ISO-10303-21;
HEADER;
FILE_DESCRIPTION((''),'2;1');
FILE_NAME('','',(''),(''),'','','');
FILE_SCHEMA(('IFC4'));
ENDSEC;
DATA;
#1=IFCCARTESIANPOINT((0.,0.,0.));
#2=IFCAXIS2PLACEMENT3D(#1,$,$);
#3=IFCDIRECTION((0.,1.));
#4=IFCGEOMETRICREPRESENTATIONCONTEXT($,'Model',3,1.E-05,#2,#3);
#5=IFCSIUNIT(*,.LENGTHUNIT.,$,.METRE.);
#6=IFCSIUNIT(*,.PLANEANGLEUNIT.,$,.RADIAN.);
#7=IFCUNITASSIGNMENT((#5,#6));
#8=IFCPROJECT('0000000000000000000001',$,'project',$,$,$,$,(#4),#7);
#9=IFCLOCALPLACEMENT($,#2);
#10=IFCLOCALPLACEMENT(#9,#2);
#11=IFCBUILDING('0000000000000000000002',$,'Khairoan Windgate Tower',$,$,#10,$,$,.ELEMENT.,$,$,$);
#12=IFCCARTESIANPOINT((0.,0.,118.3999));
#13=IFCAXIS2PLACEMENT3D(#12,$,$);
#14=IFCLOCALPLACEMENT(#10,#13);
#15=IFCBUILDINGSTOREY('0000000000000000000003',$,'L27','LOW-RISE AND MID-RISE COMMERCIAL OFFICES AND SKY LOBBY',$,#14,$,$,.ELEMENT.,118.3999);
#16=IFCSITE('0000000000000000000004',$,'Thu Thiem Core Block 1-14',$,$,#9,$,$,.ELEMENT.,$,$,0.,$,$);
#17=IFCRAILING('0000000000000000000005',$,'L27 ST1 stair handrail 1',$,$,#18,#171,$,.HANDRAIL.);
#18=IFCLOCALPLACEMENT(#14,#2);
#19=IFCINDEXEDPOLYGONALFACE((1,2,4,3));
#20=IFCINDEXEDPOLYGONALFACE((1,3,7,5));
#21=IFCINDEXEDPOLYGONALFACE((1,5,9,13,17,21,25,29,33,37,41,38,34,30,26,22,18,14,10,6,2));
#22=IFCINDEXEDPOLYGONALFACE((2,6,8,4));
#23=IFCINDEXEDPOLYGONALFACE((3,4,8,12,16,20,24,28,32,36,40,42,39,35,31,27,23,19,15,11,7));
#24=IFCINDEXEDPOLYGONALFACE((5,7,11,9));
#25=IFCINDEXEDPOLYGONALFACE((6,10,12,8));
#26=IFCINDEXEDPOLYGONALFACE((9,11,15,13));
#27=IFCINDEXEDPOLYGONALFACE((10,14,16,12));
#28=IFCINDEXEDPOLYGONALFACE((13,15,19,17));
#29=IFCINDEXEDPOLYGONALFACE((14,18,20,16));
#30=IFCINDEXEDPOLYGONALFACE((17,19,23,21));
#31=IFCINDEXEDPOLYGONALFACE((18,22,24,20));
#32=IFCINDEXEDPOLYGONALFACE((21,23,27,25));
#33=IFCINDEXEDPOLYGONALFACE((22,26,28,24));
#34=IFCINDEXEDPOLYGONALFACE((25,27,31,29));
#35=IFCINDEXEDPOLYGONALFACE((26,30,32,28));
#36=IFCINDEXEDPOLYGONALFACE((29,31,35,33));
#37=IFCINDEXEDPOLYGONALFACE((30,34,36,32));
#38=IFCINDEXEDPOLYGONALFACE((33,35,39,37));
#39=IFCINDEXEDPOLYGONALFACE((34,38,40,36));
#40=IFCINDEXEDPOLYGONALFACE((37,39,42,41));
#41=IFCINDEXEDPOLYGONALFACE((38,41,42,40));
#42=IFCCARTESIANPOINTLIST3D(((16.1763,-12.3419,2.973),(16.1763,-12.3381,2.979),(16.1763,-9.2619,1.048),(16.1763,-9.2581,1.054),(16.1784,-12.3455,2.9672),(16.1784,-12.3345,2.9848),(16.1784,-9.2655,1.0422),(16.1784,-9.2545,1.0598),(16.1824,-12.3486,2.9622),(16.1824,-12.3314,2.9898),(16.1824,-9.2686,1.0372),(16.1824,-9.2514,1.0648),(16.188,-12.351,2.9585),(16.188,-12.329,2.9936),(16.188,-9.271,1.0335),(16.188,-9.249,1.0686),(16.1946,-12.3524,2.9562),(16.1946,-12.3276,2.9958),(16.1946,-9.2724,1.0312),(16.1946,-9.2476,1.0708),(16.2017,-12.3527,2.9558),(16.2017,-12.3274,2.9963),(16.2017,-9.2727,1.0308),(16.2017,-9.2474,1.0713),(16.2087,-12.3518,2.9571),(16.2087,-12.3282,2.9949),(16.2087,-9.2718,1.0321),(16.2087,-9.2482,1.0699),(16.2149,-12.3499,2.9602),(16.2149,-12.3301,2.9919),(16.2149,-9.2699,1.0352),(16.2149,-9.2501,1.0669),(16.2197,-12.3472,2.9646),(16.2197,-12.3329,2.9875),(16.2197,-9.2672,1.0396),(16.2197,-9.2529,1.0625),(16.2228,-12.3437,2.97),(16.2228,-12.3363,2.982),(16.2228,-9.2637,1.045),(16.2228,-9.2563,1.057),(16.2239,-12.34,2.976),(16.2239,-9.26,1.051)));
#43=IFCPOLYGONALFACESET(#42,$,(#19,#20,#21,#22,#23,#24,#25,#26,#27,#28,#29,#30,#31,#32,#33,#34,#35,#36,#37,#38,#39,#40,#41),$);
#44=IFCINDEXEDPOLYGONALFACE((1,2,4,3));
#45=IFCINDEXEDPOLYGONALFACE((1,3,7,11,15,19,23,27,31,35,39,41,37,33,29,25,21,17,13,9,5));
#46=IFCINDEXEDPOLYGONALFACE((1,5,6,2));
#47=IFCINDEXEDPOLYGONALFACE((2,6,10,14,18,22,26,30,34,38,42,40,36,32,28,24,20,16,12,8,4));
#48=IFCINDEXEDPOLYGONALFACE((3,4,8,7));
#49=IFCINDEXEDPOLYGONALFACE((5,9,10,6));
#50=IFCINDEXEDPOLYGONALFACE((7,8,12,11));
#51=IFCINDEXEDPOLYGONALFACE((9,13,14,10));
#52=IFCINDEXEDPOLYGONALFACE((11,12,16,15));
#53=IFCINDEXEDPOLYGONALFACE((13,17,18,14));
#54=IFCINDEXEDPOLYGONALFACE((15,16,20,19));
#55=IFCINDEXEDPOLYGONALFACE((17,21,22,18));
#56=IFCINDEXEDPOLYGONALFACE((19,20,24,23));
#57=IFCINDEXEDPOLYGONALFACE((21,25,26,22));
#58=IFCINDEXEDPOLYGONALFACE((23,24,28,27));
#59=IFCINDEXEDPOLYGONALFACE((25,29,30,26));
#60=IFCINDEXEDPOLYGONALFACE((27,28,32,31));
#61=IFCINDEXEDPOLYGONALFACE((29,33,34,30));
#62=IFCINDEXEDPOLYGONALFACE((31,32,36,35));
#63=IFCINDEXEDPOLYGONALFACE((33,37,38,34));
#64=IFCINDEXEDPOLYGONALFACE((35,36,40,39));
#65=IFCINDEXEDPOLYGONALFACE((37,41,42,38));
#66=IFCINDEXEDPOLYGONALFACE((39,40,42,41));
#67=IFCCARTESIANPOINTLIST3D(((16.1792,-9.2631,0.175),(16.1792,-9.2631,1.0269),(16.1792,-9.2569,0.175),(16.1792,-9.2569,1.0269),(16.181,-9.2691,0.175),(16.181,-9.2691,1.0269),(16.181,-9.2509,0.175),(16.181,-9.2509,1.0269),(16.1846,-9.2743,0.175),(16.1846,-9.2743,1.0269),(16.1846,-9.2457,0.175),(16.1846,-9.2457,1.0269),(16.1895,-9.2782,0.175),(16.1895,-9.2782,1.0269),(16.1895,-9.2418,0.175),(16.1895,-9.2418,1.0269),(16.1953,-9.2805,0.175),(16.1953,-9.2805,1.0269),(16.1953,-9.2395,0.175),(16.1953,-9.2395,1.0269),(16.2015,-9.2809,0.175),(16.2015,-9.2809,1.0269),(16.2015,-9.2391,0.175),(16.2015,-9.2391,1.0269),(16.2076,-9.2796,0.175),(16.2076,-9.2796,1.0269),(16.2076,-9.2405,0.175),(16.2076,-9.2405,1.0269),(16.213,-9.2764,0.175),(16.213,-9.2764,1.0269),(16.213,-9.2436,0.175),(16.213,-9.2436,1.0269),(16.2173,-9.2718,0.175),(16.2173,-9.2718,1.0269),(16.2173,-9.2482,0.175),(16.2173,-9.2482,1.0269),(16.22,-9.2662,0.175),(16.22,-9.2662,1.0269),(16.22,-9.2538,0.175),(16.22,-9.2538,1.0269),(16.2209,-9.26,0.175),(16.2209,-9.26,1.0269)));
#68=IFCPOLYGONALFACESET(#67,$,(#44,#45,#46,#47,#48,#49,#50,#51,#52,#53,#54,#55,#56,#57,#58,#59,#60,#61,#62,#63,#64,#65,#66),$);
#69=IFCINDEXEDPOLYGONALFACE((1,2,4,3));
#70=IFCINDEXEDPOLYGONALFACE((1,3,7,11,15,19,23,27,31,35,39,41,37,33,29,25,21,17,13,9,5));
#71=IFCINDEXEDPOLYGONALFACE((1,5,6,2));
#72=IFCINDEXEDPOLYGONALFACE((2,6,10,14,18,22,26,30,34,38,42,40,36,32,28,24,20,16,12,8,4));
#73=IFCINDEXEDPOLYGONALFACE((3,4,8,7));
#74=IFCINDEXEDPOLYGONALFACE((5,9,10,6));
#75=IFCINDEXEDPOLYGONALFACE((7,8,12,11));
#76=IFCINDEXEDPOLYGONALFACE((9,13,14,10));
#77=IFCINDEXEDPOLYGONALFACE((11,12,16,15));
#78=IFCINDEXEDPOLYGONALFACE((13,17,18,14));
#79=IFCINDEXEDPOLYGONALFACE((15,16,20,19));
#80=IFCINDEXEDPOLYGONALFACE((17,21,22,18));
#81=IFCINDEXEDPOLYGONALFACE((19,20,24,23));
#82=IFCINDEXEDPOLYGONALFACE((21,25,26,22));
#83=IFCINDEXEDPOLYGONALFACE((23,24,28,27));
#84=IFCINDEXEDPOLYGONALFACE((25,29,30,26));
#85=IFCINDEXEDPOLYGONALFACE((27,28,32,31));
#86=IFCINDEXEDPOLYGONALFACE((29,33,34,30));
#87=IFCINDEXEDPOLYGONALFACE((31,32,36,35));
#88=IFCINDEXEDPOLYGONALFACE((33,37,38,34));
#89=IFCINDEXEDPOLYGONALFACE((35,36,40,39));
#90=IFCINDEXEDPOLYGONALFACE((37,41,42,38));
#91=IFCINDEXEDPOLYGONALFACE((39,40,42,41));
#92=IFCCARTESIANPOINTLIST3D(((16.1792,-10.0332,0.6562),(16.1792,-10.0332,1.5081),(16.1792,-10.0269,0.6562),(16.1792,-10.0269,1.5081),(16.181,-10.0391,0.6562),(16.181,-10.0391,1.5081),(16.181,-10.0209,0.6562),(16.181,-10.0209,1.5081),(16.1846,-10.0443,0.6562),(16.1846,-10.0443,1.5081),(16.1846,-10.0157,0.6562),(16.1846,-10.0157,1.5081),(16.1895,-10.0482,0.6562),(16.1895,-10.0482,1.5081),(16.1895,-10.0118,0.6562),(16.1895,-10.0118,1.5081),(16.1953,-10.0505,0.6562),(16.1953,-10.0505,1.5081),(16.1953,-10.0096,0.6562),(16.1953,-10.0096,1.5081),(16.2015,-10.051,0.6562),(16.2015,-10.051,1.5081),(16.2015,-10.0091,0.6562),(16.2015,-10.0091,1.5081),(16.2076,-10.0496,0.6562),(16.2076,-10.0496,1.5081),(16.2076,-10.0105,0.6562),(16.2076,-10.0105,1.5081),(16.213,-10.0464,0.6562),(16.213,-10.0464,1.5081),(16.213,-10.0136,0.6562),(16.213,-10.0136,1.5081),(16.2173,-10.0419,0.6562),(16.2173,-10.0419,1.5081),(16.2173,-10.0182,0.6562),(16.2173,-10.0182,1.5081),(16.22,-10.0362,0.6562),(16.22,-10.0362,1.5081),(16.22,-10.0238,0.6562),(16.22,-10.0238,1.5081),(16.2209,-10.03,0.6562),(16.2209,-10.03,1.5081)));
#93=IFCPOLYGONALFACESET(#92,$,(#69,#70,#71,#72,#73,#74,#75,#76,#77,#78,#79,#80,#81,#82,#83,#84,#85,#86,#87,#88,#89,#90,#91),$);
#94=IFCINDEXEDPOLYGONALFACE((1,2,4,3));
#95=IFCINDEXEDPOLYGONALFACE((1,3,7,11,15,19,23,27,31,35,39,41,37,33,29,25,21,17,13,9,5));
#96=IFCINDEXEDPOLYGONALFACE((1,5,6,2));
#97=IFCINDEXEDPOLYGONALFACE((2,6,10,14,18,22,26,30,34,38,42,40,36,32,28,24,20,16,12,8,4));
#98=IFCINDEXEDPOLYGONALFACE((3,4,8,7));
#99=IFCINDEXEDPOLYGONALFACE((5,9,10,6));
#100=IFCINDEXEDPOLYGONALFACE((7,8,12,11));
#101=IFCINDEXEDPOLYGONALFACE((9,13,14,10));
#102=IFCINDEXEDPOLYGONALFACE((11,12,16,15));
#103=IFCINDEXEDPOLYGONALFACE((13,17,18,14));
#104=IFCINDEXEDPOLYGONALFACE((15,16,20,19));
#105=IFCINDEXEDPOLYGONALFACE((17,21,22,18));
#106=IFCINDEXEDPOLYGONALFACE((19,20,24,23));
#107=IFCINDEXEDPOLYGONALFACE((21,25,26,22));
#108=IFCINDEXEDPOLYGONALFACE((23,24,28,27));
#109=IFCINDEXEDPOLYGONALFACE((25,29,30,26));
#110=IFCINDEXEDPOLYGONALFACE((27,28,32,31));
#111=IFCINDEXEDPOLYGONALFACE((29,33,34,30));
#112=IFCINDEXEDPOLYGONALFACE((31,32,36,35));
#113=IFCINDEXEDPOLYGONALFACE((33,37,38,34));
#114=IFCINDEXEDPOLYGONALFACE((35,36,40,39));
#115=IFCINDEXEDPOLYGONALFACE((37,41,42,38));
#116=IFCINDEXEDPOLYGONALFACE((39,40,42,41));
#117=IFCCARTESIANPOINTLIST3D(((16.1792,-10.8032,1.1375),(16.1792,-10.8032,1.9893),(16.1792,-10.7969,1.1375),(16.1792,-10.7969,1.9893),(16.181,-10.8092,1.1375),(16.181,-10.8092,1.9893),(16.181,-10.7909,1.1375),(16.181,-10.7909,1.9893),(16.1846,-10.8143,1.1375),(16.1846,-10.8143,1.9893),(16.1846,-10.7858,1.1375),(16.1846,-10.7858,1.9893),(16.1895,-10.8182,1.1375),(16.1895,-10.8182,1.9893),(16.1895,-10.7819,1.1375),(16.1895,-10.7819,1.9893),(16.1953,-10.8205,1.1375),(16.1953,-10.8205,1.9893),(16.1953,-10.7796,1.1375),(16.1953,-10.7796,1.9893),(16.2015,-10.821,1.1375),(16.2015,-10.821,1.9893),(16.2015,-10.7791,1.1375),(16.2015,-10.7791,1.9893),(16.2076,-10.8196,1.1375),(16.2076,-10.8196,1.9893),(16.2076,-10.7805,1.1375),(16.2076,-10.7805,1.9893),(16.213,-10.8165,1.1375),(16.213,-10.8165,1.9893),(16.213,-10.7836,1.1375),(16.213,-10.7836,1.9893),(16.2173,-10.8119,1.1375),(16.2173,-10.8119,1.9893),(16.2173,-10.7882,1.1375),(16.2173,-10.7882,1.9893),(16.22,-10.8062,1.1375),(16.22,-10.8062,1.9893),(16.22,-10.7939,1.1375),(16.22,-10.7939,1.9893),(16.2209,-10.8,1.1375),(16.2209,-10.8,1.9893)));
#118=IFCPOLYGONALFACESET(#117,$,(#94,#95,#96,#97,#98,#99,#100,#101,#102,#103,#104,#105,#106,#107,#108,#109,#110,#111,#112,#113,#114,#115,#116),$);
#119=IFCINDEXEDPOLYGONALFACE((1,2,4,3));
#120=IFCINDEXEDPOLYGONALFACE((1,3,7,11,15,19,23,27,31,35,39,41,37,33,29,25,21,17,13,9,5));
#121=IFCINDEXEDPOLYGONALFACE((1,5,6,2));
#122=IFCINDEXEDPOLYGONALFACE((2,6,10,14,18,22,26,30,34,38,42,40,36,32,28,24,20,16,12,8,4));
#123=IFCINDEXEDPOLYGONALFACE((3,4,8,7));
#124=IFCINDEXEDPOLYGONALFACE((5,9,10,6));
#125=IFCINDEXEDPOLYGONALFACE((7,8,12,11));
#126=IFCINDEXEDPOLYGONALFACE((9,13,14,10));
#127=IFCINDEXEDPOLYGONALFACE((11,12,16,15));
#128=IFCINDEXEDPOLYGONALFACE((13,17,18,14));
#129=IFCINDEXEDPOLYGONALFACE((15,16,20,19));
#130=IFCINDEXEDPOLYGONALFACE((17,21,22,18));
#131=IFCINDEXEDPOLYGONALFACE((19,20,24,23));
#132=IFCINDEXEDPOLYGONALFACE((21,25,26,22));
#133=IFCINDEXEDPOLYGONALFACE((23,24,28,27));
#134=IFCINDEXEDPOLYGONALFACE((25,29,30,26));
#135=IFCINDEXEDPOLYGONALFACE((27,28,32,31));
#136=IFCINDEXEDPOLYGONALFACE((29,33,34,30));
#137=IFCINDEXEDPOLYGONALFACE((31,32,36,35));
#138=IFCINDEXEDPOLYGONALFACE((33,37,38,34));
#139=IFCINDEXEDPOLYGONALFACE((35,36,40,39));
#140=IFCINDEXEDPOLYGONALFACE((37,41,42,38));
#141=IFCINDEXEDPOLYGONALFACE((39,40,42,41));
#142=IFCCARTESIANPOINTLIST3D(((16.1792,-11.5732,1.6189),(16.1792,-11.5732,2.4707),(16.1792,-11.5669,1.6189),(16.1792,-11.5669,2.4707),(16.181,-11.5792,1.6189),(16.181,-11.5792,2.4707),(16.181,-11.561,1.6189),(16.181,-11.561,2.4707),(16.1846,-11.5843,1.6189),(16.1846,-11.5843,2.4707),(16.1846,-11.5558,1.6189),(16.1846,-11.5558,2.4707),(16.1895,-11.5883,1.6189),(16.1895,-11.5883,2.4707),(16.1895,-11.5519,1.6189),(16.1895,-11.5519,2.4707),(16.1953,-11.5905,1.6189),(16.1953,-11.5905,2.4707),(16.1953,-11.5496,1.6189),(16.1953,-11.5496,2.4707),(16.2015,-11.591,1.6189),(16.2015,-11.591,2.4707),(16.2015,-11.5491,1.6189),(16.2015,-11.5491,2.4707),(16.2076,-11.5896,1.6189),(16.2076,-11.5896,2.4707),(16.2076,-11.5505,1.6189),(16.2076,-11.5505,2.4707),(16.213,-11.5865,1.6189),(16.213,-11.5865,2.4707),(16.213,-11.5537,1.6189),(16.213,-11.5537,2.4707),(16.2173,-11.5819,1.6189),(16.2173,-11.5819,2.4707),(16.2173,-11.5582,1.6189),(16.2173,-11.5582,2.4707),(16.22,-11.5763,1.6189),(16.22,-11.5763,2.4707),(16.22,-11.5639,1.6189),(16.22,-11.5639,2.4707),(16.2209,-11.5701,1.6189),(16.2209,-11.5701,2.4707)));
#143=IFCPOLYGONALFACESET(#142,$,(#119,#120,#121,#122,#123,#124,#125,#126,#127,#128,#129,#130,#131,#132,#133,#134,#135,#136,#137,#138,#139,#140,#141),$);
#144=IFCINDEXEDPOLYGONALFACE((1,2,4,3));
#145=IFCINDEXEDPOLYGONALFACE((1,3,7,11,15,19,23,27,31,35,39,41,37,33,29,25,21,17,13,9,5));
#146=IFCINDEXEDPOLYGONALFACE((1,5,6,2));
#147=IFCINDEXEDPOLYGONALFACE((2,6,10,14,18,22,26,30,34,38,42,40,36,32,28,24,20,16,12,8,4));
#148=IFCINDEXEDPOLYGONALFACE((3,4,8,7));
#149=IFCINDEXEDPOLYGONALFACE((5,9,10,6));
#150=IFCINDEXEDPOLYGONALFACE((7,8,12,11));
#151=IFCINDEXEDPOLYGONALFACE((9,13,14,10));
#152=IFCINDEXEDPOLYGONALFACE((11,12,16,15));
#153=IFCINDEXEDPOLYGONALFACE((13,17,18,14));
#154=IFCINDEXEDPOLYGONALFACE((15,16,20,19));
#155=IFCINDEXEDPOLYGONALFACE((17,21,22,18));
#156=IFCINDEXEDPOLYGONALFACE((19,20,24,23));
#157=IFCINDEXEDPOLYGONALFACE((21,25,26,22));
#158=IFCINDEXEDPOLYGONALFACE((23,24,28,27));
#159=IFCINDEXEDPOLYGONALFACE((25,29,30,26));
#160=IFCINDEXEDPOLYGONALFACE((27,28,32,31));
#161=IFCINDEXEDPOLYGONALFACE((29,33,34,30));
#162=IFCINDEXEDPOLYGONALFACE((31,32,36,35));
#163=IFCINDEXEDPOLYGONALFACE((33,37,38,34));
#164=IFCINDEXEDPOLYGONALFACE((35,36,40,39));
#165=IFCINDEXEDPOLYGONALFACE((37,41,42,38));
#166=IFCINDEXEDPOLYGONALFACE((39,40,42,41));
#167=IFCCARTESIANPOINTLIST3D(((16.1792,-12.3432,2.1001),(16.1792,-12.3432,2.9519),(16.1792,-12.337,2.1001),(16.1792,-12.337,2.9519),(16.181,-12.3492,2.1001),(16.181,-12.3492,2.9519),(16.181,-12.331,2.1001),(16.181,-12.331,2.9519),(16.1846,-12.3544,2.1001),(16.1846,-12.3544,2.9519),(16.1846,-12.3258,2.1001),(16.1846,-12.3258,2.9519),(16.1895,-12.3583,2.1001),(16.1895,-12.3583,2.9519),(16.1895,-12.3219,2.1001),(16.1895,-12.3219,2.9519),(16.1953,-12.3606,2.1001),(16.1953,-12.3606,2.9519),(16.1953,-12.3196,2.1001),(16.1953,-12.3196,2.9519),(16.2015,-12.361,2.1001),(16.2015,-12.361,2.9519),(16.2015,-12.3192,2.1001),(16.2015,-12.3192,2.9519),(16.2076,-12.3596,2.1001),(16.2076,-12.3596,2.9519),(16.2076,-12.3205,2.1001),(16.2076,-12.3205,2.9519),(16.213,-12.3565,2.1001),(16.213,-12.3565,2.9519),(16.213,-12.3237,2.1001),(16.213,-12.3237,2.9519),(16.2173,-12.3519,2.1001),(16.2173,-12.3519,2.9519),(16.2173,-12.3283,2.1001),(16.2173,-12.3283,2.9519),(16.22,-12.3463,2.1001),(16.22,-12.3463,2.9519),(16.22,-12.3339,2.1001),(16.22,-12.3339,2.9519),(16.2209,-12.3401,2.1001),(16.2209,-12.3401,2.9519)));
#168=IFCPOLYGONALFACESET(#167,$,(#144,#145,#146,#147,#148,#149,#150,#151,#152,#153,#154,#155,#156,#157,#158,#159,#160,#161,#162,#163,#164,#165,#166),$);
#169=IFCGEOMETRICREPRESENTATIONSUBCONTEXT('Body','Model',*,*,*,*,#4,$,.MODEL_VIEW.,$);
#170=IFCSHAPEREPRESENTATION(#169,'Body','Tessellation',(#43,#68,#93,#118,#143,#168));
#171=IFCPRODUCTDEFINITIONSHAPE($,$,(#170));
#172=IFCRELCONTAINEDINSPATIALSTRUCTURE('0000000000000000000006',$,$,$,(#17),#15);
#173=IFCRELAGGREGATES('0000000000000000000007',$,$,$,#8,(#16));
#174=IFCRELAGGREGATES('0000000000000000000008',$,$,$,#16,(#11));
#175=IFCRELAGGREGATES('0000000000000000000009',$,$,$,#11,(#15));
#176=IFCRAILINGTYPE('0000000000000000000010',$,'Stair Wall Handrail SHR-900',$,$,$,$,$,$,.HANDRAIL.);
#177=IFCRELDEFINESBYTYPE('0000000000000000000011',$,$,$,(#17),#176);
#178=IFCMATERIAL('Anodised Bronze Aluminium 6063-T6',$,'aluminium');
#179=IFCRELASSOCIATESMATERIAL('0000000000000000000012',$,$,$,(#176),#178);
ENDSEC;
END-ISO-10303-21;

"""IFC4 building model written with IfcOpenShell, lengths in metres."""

from ifc_helpers import new_model, si_unit, direction, frame, origin, origin_2d, place, context, subcontext, project, spatial, circle, extrude, material, type_object, element, save


model = new_model("IFC4")

# Units and contexts
model_context = context("Model", 3, precision=1e-05, world=origin(), true_north=direction((0.0, 1.0)))
body_context = subcontext(model_context, "Body", "Model", "MODEL_VIEW")
ifc_project = project(units=[si_unit("LENGTHUNIT", "METRE"), si_unit("PLANEANGLEUNIT", "RADIAN")], contexts=[model_context])

# Site, building, storey
site_placement = place(None, origin())
site = spatial("IfcSite", under=ifc_project, at=site_placement, Name="Thu Thiem Core Block 1-14", CompositionType="ELEMENT", RefElevation=0.0)
building_placement = place(site_placement, origin())
building = spatial("IfcBuilding", under=site, at=building_placement, Name="Khairoan Windgate Tower", CompositionType="ELEMENT")
storey_placement = place(building_placement, frame((0.0, 0.0, 118.3999)))
storey = spatial("IfcBuildingStorey", under=building, at=storey_placement, Name="L27", Description="LOW-RISE AND MID-RISE COMMERCIAL OFFICES AND SKY LOBBY", CompositionType="ELEMENT", Elevation=118.3999)

# Railing
ifc_material_1 = material(Name="Anodised Bronze Aluminium 6063-T6", Category="aluminium")
railing_type_1 = type_object("IfcRailingType", Name="Stair Wall Handrail SHR-900", PredefinedType="HANDRAIL", material=ifc_material_1)
railing_1_placement = place(storey_placement, frame((16.2, -9.26, 0.175)))
element("IfcRailing", 1, at=railing_1_placement, inside=storey, type_object=railing_type_1, Name="L27 ST1 stair handrail 1", PredefinedType="HANDRAIL", context=body_context, shape_type="SweptSolid", body=[
    extrude(circle(Radius=0.0239, at=origin_2d()), frame((0.0, 0.0, 0.876), z_axis=(0.0, -0.847998, 0.529999), x_axis=(1.0, 0.0, 0.0)), (0.0, 0.0, 1.0), 3.6321),
    extrude(circle(Radius=0.021, at=origin_2d()), origin(), (0.0, 0.0, 1.0), 0.8518),
    extrude(circle(Radius=0.021, at=origin_2d()), frame((0.0, -0.77, 0.4812)), (0.0, 0.0, 1.0), 0.8518),
    extrude(circle(Radius=0.021, at=origin_2d()), frame((0.0, -1.54, 0.9624)), (0.0, 0.0, 1.0), 0.8518),
    extrude(circle(Radius=0.021, at=origin_2d()), frame((0.0, -2.3101, 1.4438)), (0.0, 0.0, 1.0), 0.8518),
    extrude(circle(Radius=0.021, at=origin_2d()), frame((0.0, -3.0801, 1.925)), (0.0, 0.0, 1.0), 0.8518),
])

save(model, "model.ifc")
